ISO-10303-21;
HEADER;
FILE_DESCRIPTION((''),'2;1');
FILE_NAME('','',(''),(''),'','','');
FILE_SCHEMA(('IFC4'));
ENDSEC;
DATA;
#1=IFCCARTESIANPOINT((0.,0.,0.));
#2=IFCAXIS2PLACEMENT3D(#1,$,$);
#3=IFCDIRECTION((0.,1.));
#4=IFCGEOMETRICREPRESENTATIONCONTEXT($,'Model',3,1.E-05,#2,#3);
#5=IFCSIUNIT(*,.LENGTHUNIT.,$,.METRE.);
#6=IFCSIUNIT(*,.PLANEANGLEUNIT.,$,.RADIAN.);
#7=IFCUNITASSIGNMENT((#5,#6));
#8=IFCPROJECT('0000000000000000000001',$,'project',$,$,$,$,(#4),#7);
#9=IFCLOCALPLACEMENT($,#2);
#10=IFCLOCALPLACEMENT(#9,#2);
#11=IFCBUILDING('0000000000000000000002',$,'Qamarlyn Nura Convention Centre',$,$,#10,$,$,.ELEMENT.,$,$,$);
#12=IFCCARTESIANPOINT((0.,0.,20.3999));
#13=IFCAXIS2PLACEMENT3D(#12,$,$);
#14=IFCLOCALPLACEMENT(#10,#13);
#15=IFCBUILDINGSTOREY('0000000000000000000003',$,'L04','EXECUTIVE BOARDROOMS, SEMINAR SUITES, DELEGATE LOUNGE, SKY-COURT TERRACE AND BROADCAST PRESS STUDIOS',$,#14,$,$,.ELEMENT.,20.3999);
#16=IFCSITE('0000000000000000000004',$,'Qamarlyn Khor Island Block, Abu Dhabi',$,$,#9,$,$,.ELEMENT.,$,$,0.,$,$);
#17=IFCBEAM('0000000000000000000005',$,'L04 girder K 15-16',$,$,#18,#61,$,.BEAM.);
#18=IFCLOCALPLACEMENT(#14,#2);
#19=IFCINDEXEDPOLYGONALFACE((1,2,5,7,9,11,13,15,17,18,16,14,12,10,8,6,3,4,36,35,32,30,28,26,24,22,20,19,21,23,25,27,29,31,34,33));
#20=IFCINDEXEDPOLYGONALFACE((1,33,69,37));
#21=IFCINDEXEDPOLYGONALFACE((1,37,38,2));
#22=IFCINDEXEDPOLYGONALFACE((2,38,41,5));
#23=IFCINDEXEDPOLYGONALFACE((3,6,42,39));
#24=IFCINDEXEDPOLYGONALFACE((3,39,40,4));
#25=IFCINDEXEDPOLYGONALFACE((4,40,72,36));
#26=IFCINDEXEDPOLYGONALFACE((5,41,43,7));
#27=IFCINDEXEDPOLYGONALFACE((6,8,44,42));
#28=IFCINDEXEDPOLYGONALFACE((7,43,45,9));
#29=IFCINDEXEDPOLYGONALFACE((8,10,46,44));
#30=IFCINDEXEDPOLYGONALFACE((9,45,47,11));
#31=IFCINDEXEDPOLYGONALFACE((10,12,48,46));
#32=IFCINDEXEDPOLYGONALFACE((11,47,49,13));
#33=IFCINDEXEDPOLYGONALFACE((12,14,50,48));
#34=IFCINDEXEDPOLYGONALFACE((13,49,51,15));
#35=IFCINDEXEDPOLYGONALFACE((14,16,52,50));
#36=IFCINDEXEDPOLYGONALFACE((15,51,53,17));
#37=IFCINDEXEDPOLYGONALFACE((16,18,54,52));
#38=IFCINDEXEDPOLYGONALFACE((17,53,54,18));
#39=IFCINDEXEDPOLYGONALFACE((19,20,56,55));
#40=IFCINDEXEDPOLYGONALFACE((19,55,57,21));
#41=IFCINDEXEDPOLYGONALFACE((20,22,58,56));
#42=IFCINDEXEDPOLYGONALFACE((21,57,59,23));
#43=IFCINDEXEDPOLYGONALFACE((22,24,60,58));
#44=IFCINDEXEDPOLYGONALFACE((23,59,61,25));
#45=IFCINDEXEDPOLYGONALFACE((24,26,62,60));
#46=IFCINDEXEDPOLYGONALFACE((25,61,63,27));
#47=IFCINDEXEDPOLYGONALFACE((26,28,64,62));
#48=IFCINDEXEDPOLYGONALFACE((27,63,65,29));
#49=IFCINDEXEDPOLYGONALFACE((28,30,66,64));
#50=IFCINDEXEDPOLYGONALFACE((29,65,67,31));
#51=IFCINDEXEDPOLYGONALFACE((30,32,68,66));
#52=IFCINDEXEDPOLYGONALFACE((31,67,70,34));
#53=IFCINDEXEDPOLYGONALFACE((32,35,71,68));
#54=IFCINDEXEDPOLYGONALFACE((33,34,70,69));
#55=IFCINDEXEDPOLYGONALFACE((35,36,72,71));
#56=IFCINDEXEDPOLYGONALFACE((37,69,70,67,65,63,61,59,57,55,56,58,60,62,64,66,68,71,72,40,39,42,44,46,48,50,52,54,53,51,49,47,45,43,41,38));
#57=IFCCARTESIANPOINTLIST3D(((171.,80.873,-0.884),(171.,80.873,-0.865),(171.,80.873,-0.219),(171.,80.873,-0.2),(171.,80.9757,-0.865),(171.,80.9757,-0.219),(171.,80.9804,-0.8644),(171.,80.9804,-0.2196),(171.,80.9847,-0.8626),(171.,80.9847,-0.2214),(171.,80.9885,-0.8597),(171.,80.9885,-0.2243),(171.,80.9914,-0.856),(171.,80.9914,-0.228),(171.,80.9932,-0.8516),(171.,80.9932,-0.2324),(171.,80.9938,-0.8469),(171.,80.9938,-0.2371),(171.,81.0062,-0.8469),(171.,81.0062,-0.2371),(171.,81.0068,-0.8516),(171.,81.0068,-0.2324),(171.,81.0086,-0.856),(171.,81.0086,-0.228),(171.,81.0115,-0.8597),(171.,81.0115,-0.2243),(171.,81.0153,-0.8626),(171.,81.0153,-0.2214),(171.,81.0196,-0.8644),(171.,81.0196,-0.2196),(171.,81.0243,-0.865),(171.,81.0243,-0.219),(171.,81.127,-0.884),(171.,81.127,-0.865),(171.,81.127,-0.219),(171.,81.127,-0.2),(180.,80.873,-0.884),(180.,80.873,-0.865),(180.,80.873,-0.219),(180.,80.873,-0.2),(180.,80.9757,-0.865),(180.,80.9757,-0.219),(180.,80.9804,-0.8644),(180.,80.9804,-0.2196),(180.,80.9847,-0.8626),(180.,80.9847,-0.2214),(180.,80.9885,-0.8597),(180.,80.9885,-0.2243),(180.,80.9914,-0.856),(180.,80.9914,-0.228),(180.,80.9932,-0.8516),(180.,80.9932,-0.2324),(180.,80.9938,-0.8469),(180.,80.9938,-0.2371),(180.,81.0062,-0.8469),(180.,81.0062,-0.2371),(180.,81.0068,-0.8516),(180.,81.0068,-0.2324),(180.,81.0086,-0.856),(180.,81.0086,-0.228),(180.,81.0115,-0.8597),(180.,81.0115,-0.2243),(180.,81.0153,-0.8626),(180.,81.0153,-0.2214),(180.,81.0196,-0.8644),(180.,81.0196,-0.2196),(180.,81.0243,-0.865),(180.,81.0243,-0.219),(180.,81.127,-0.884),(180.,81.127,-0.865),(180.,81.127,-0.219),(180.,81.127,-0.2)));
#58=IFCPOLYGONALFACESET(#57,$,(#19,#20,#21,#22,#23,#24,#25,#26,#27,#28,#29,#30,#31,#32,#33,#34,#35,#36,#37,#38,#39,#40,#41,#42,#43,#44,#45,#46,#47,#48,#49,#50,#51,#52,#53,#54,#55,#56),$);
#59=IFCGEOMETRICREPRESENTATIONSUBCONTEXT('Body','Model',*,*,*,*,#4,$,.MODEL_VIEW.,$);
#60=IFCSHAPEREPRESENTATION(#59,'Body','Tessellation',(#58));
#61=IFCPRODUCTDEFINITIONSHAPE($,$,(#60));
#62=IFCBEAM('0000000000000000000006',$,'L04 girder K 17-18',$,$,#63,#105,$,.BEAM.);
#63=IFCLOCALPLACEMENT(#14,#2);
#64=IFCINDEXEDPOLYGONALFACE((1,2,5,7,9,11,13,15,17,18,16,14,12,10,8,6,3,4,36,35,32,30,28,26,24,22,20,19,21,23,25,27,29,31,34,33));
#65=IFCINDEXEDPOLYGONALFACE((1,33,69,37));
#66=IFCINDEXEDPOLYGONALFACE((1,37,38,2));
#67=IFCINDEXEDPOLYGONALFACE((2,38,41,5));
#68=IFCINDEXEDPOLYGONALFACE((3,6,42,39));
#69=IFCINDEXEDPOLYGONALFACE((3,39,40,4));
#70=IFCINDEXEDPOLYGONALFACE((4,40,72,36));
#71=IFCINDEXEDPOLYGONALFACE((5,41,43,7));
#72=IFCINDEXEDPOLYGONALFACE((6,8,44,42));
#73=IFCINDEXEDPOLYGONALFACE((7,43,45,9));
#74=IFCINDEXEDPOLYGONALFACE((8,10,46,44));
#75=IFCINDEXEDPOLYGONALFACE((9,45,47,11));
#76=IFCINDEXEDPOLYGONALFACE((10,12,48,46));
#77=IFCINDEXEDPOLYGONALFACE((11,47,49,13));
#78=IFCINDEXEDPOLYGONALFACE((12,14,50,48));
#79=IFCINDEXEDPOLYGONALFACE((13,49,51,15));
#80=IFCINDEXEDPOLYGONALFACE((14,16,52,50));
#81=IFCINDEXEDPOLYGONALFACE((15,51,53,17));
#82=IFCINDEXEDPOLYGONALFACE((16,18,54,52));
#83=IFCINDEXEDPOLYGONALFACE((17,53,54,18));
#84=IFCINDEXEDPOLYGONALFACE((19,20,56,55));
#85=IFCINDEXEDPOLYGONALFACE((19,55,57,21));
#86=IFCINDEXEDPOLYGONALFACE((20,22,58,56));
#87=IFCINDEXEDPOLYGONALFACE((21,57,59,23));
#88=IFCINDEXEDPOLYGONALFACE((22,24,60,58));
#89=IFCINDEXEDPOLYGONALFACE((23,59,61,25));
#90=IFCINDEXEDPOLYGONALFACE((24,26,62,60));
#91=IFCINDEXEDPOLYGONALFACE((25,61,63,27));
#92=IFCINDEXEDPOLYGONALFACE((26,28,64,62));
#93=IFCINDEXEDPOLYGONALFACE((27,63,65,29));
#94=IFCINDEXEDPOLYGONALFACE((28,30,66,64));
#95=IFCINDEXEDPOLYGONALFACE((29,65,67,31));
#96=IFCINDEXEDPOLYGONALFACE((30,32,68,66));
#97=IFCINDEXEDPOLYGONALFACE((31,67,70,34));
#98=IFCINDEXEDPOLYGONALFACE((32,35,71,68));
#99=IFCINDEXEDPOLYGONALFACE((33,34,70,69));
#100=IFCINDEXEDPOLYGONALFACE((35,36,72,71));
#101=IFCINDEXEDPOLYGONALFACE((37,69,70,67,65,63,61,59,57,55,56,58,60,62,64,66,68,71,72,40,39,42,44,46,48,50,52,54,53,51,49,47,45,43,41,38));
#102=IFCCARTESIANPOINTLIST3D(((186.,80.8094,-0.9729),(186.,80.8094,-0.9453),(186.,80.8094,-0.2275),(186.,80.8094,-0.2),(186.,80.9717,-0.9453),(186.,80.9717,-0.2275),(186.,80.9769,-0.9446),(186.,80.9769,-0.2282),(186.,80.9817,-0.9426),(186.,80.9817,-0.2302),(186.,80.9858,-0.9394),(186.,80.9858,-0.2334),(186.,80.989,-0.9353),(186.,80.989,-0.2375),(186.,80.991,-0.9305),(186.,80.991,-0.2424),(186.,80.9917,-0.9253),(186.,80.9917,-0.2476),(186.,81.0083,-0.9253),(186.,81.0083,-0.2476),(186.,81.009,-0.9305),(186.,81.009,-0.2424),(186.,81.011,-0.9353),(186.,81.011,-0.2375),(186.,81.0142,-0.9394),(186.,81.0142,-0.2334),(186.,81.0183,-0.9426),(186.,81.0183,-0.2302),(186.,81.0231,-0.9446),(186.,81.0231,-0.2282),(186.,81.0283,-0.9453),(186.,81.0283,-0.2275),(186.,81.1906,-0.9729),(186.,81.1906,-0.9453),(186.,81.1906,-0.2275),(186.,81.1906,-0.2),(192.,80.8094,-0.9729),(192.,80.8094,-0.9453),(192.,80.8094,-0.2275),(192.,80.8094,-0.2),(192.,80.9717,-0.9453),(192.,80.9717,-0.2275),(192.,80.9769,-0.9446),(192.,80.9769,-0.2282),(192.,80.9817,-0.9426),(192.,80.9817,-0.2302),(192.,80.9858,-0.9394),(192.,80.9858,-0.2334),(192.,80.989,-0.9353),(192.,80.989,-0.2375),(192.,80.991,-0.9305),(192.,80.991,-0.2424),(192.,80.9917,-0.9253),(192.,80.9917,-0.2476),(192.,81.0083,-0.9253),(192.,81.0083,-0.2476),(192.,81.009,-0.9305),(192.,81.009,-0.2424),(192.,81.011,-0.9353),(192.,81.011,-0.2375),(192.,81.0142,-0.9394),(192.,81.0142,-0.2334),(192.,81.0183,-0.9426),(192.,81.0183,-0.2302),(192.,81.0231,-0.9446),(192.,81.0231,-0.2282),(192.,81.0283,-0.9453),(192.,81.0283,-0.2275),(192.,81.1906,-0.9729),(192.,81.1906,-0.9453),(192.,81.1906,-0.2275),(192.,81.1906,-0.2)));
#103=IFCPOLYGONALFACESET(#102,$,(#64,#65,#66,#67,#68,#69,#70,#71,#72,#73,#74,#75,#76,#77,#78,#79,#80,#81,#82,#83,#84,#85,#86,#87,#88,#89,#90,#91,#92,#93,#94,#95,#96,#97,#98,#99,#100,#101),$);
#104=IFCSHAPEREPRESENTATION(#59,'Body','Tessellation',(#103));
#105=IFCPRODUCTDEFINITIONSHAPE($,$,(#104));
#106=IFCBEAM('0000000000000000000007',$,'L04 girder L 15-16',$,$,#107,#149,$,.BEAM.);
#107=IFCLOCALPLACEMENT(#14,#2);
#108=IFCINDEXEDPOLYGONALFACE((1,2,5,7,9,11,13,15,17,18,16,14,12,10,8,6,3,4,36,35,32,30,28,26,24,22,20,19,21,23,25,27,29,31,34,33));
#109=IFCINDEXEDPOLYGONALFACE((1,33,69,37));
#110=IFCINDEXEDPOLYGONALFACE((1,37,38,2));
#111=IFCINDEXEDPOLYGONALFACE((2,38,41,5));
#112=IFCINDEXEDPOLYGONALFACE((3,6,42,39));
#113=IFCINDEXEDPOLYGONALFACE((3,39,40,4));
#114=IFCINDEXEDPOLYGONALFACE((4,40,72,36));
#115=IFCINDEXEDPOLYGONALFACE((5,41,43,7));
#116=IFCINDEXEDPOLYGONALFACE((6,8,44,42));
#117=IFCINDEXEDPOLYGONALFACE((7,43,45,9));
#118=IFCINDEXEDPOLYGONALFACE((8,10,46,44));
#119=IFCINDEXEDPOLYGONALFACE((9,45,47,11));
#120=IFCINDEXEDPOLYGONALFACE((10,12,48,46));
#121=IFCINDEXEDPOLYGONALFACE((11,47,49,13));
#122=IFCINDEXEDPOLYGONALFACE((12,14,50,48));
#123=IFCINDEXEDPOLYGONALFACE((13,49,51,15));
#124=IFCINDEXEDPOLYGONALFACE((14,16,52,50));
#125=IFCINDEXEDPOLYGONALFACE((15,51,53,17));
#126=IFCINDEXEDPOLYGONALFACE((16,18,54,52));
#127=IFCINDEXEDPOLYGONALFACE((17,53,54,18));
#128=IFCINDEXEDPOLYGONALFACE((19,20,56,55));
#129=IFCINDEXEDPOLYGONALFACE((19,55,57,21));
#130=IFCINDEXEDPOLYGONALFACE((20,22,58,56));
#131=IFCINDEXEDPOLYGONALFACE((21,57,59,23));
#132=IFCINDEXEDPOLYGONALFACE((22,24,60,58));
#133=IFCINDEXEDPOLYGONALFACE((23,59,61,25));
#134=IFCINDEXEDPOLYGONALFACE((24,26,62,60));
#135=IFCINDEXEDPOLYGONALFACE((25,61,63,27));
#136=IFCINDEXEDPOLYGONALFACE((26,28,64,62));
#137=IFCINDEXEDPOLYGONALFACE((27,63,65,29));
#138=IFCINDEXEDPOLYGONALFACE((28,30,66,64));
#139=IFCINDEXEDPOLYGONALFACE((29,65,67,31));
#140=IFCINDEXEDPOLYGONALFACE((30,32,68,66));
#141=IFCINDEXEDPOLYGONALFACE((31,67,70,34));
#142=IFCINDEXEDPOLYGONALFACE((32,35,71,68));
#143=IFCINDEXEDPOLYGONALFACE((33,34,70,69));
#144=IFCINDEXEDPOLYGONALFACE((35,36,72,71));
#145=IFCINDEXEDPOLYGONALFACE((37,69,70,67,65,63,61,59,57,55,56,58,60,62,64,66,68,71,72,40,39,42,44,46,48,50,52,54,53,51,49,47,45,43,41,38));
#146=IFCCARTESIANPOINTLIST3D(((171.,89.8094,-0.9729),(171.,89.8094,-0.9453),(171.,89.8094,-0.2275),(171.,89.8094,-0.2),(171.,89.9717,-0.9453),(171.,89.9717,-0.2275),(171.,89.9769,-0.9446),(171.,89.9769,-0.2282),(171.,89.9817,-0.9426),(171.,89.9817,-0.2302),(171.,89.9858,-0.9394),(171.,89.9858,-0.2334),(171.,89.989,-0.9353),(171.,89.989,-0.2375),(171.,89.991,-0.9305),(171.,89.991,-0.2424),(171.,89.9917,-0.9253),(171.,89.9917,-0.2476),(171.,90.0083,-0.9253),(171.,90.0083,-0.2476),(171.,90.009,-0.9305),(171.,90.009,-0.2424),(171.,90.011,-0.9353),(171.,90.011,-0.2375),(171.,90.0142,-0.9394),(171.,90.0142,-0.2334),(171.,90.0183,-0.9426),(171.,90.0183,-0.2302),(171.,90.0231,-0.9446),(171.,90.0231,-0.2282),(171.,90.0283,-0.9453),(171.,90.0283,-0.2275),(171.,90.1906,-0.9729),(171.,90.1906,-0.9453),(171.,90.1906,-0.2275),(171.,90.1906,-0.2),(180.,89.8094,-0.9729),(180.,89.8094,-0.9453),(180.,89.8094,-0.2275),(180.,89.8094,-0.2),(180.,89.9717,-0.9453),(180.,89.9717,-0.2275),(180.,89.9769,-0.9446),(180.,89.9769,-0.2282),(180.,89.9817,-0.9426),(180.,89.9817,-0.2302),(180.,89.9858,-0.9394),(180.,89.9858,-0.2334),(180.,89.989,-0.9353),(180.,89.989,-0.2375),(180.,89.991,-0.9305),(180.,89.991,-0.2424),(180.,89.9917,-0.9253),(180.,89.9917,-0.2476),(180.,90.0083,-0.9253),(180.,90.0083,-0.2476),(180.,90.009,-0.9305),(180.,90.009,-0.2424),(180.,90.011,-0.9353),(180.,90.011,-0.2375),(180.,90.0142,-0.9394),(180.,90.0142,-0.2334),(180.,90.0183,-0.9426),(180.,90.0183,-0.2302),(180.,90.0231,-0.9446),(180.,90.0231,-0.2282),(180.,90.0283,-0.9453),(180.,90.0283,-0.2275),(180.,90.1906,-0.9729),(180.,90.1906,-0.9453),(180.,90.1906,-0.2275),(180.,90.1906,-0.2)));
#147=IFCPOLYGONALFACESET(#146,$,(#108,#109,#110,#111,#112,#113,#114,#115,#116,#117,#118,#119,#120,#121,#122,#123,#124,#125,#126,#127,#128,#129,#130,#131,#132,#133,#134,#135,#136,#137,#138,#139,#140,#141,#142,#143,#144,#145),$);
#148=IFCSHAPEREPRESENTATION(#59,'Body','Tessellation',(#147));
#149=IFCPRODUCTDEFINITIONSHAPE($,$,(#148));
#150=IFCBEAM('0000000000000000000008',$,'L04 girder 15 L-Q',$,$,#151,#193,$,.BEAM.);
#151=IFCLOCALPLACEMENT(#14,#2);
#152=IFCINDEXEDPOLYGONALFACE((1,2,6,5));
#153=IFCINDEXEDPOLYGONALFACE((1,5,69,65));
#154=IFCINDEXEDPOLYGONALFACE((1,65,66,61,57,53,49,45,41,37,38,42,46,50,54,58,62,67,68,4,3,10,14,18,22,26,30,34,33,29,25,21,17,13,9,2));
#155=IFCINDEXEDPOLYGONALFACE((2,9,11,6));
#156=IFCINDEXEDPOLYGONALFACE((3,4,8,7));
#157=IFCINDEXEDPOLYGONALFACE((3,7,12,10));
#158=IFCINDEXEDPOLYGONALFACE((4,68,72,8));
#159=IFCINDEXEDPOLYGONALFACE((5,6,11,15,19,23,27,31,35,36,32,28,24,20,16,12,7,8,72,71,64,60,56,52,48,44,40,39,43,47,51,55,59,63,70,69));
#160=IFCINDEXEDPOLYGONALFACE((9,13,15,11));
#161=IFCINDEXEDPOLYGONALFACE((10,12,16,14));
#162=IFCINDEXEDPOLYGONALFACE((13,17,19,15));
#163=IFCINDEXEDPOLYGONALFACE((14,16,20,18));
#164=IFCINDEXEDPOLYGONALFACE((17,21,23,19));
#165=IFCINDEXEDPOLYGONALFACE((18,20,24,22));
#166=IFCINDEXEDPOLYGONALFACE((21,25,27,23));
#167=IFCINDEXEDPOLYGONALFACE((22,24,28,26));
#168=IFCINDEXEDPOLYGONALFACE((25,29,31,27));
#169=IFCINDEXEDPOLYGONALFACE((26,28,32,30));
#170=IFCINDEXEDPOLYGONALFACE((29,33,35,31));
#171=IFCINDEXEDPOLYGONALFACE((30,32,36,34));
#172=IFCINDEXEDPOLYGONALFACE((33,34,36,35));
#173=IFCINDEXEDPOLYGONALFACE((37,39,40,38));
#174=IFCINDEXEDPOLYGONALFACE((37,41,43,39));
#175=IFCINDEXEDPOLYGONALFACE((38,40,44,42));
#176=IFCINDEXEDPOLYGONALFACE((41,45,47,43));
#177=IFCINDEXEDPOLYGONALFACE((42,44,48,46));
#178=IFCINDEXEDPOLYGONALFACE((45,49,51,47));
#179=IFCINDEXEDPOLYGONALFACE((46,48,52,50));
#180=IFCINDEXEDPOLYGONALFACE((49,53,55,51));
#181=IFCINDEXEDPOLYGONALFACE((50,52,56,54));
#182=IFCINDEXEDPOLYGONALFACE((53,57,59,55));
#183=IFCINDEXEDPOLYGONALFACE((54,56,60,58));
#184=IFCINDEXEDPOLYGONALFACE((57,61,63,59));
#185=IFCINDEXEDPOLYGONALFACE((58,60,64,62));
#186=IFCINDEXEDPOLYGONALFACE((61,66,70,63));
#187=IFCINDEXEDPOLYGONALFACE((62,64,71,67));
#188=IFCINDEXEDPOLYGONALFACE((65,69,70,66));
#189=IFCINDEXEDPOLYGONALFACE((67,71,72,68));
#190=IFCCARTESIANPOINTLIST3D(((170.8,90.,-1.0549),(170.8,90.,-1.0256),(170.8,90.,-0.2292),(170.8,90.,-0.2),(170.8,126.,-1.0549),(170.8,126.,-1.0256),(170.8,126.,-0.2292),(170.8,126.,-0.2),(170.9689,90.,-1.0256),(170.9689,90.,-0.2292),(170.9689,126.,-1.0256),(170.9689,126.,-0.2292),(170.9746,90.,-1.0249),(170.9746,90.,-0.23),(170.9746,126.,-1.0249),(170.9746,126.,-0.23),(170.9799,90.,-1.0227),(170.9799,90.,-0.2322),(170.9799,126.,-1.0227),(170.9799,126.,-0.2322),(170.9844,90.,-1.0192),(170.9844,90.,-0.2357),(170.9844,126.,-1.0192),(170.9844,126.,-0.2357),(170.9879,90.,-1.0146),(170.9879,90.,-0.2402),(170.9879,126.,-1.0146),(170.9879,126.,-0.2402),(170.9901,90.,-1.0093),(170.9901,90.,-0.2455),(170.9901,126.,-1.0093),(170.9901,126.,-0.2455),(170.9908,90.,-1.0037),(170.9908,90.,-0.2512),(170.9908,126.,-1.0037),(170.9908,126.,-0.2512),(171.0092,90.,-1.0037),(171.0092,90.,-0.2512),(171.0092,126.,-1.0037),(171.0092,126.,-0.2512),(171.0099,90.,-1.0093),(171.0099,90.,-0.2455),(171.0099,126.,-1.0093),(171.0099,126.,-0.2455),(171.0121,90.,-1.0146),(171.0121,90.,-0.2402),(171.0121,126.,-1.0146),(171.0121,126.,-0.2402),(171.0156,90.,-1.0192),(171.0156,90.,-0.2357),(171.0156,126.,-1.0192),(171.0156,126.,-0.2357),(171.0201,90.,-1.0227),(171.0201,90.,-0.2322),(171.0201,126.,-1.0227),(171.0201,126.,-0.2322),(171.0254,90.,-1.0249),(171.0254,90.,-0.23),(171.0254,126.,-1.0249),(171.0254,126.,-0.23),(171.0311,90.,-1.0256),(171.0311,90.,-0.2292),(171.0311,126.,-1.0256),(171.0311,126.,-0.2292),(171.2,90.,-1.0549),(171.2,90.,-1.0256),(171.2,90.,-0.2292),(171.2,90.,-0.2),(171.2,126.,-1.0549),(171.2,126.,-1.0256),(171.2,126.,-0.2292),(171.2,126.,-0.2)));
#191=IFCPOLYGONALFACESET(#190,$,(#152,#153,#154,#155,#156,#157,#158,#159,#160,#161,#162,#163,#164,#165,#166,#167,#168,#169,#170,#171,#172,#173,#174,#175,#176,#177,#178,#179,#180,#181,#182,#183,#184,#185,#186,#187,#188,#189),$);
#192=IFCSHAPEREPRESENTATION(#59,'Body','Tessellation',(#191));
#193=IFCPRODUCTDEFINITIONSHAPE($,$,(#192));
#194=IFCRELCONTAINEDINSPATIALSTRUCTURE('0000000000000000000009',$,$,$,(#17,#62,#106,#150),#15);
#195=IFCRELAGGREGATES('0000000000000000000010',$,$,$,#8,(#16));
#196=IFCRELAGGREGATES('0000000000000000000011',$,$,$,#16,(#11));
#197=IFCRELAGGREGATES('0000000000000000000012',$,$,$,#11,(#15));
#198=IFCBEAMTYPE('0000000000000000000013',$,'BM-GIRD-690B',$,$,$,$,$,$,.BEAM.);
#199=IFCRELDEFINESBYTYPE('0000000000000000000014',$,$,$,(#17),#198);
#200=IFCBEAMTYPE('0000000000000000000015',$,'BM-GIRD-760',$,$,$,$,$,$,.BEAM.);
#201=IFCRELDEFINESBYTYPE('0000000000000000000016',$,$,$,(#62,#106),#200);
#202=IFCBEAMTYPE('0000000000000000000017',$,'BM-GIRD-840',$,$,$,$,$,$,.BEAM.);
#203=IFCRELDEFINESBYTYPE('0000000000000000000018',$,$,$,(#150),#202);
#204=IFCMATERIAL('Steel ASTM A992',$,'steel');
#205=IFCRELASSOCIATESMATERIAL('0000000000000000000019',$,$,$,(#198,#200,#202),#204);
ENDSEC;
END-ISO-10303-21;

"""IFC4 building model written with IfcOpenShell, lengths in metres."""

from ifc_helpers import new_model, si_unit, direction, frame, origin, origin_2d, place, context, subcontext, project, spatial, i_section, extrude, material, material_profile, profile_set, type_object, element, save


model = new_model("IFC4")

# Units and contexts
model_context = context("Model", 3, precision=1e-05, world=origin(), true_north=direction((0.0, 1.0)))
body_context = subcontext(model_context, "Body", "Model", "MODEL_VIEW")
ifc_project = project(units=[si_unit("LENGTHUNIT", "METRE"), si_unit("PLANEANGLEUNIT", "RADIAN")], contexts=[model_context])

# Site, building, storey
site_placement = place(None, origin())
site = spatial("IfcSite", under=ifc_project, at=site_placement, Name="Qamarlyn Khor Island Block, Abu Dhabi", CompositionType="ELEMENT", RefElevation=0.0)
building_placement = place(site_placement, origin())
building = spatial("IfcBuilding", under=site, at=building_placement, Name="Qamarlyn Nura Convention Centre", CompositionType="ELEMENT")
storey_placement = place(building_placement, frame((0.0, 0.0, 20.3999)))
storey = spatial("IfcBuildingStorey", under=building, at=storey_placement, Name="L04", Description="EXECUTIVE BOARDROOMS, SEMINAR SUITES, DELEGATE LOUNGE, SKY-COURT TERRACE AND BROADCAST PRESS STUDIOS", CompositionType="ELEMENT", Elevation=20.3999)

# Shared definitions
ifc_material_1 = material(Name="Steel ASTM A992", Category="steel")

# Beams
ifc_material_profile_1 = material_profile(ifc_material_1, i_section(OverallWidth=0.2539, OverallDepth=0.6841, WebThickness=0.0125, FlangeThickness=0.019, FilletRadius=0.0181, at=origin_2d()), Name="W690X140")
ifc_profile_set_1 = profile_set([ifc_material_profile_1], Name="Steel ASTM A992")
beam_type_1 = type_object("IfcBeamType", Name="BM-GIRD-690B", PredefinedType="BEAM", material=ifc_profile_set_1)
beam_1_placement = place(storey_placement, frame((171.0, 81.0, -0.542), z_axis=(1.0, 0.0, 0.0), x_axis=(0.0, 1.0, 0.0)))
element("IfcBeam", 1, at=beam_1_placement, inside=storey, type_object=beam_type_1, Name="L04 girder K 15-16", PredefinedType="BEAM", context=body_context, shape_type="SweptSolid", body=[
    extrude(i_section(OverallWidth=0.2539, OverallDepth=0.6841, WebThickness=0.0125, FlangeThickness=0.019, FilletRadius=0.0181, at=origin_2d()), origin(), (0.0, 0.0, 1.0), 9.0),
])
ifc_material_profile_2 = material_profile(ifc_material_1, i_section(OverallWidth=0.3811, OverallDepth=0.7729, WebThickness=0.0166, FlangeThickness=0.0276, FilletRadius=0.02, at=origin_2d()), Name="W760X257")
ifc_profile_set_2 = profile_set([ifc_material_profile_2], Name="Steel ASTM A992")
beam_type_2 = type_object("IfcBeamType", Name="BM-GIRD-760", PredefinedType="BEAM", material=ifc_profile_set_2)
beam_2_placement = place(storey_placement, frame((186.0, 81.0, -0.5864), z_axis=(1.0, 0.0, 0.0), x_axis=(0.0, 1.0, 0.0)))
element("IfcBeam", 2, at=beam_2_placement, inside=storey, type_object=beam_type_2, Name="L04 girder K 17-18", PredefinedType="BEAM", context=body_context, shape_type="SweptSolid", body=[
    extrude(i_section(OverallWidth=0.3811, OverallDepth=0.7729, WebThickness=0.0166, FlangeThickness=0.0276, FilletRadius=0.02, at=origin_2d()), origin(), (0.0, 0.0, 1.0), 6.0),
])
beam_3_placement = place(storey_placement, frame((171.0, 90.0, -0.5864), z_axis=(1.0, 0.0, 0.0), x_axis=(0.0, 1.0, 0.0)))
element("IfcBeam", 3, at=beam_3_placement, inside=storey, type_object=beam_type_2, Name="L04 girder L 15-16", PredefinedType="BEAM", context=body_context, shape_type="SweptSolid", body=[
    extrude(i_section(OverallWidth=0.3811, OverallDepth=0.7729, WebThickness=0.0166, FlangeThickness=0.0276, FilletRadius=0.02, at=origin_2d()), origin(), (0.0, 0.0, 1.0), 9.0),
])
ifc_material_profile_3 = material_profile(ifc_material_1, i_section(OverallWidth=0.3999, OverallDepth=0.855, WebThickness=0.0183, FlangeThickness=0.0293, FilletRadius=0.022, at=origin_2d()), Name="W840X299")
ifc_profile_set_3 = profile_set([ifc_material_profile_3], Name="Steel ASTM A992")
beam_type_3 = type_object("IfcBeamType", Name="BM-GIRD-840", PredefinedType="BEAM", material=ifc_profile_set_3)
beam_4_placement = place(storey_placement, frame((171.0, 90.0, -0.6274), z_axis=(0.0, 1.0, 0.0), x_axis=(-1.0, 0.0, 0.0)))
element("IfcBeam", 4, at=beam_4_placement, inside=storey, type_object=beam_type_3, Name="L04 girder 15 L-Q", PredefinedType="BEAM", context=body_context, shape_type="SweptSolid", body=[
    extrude(i_section(OverallWidth=0.3999, OverallDepth=0.855, WebThickness=0.0183, FlangeThickness=0.0293, FilletRadius=0.022, at=origin_2d()), origin(), (0.0, 0.0, 1.0), 36.0),
])

save(model, "model.ifc")
